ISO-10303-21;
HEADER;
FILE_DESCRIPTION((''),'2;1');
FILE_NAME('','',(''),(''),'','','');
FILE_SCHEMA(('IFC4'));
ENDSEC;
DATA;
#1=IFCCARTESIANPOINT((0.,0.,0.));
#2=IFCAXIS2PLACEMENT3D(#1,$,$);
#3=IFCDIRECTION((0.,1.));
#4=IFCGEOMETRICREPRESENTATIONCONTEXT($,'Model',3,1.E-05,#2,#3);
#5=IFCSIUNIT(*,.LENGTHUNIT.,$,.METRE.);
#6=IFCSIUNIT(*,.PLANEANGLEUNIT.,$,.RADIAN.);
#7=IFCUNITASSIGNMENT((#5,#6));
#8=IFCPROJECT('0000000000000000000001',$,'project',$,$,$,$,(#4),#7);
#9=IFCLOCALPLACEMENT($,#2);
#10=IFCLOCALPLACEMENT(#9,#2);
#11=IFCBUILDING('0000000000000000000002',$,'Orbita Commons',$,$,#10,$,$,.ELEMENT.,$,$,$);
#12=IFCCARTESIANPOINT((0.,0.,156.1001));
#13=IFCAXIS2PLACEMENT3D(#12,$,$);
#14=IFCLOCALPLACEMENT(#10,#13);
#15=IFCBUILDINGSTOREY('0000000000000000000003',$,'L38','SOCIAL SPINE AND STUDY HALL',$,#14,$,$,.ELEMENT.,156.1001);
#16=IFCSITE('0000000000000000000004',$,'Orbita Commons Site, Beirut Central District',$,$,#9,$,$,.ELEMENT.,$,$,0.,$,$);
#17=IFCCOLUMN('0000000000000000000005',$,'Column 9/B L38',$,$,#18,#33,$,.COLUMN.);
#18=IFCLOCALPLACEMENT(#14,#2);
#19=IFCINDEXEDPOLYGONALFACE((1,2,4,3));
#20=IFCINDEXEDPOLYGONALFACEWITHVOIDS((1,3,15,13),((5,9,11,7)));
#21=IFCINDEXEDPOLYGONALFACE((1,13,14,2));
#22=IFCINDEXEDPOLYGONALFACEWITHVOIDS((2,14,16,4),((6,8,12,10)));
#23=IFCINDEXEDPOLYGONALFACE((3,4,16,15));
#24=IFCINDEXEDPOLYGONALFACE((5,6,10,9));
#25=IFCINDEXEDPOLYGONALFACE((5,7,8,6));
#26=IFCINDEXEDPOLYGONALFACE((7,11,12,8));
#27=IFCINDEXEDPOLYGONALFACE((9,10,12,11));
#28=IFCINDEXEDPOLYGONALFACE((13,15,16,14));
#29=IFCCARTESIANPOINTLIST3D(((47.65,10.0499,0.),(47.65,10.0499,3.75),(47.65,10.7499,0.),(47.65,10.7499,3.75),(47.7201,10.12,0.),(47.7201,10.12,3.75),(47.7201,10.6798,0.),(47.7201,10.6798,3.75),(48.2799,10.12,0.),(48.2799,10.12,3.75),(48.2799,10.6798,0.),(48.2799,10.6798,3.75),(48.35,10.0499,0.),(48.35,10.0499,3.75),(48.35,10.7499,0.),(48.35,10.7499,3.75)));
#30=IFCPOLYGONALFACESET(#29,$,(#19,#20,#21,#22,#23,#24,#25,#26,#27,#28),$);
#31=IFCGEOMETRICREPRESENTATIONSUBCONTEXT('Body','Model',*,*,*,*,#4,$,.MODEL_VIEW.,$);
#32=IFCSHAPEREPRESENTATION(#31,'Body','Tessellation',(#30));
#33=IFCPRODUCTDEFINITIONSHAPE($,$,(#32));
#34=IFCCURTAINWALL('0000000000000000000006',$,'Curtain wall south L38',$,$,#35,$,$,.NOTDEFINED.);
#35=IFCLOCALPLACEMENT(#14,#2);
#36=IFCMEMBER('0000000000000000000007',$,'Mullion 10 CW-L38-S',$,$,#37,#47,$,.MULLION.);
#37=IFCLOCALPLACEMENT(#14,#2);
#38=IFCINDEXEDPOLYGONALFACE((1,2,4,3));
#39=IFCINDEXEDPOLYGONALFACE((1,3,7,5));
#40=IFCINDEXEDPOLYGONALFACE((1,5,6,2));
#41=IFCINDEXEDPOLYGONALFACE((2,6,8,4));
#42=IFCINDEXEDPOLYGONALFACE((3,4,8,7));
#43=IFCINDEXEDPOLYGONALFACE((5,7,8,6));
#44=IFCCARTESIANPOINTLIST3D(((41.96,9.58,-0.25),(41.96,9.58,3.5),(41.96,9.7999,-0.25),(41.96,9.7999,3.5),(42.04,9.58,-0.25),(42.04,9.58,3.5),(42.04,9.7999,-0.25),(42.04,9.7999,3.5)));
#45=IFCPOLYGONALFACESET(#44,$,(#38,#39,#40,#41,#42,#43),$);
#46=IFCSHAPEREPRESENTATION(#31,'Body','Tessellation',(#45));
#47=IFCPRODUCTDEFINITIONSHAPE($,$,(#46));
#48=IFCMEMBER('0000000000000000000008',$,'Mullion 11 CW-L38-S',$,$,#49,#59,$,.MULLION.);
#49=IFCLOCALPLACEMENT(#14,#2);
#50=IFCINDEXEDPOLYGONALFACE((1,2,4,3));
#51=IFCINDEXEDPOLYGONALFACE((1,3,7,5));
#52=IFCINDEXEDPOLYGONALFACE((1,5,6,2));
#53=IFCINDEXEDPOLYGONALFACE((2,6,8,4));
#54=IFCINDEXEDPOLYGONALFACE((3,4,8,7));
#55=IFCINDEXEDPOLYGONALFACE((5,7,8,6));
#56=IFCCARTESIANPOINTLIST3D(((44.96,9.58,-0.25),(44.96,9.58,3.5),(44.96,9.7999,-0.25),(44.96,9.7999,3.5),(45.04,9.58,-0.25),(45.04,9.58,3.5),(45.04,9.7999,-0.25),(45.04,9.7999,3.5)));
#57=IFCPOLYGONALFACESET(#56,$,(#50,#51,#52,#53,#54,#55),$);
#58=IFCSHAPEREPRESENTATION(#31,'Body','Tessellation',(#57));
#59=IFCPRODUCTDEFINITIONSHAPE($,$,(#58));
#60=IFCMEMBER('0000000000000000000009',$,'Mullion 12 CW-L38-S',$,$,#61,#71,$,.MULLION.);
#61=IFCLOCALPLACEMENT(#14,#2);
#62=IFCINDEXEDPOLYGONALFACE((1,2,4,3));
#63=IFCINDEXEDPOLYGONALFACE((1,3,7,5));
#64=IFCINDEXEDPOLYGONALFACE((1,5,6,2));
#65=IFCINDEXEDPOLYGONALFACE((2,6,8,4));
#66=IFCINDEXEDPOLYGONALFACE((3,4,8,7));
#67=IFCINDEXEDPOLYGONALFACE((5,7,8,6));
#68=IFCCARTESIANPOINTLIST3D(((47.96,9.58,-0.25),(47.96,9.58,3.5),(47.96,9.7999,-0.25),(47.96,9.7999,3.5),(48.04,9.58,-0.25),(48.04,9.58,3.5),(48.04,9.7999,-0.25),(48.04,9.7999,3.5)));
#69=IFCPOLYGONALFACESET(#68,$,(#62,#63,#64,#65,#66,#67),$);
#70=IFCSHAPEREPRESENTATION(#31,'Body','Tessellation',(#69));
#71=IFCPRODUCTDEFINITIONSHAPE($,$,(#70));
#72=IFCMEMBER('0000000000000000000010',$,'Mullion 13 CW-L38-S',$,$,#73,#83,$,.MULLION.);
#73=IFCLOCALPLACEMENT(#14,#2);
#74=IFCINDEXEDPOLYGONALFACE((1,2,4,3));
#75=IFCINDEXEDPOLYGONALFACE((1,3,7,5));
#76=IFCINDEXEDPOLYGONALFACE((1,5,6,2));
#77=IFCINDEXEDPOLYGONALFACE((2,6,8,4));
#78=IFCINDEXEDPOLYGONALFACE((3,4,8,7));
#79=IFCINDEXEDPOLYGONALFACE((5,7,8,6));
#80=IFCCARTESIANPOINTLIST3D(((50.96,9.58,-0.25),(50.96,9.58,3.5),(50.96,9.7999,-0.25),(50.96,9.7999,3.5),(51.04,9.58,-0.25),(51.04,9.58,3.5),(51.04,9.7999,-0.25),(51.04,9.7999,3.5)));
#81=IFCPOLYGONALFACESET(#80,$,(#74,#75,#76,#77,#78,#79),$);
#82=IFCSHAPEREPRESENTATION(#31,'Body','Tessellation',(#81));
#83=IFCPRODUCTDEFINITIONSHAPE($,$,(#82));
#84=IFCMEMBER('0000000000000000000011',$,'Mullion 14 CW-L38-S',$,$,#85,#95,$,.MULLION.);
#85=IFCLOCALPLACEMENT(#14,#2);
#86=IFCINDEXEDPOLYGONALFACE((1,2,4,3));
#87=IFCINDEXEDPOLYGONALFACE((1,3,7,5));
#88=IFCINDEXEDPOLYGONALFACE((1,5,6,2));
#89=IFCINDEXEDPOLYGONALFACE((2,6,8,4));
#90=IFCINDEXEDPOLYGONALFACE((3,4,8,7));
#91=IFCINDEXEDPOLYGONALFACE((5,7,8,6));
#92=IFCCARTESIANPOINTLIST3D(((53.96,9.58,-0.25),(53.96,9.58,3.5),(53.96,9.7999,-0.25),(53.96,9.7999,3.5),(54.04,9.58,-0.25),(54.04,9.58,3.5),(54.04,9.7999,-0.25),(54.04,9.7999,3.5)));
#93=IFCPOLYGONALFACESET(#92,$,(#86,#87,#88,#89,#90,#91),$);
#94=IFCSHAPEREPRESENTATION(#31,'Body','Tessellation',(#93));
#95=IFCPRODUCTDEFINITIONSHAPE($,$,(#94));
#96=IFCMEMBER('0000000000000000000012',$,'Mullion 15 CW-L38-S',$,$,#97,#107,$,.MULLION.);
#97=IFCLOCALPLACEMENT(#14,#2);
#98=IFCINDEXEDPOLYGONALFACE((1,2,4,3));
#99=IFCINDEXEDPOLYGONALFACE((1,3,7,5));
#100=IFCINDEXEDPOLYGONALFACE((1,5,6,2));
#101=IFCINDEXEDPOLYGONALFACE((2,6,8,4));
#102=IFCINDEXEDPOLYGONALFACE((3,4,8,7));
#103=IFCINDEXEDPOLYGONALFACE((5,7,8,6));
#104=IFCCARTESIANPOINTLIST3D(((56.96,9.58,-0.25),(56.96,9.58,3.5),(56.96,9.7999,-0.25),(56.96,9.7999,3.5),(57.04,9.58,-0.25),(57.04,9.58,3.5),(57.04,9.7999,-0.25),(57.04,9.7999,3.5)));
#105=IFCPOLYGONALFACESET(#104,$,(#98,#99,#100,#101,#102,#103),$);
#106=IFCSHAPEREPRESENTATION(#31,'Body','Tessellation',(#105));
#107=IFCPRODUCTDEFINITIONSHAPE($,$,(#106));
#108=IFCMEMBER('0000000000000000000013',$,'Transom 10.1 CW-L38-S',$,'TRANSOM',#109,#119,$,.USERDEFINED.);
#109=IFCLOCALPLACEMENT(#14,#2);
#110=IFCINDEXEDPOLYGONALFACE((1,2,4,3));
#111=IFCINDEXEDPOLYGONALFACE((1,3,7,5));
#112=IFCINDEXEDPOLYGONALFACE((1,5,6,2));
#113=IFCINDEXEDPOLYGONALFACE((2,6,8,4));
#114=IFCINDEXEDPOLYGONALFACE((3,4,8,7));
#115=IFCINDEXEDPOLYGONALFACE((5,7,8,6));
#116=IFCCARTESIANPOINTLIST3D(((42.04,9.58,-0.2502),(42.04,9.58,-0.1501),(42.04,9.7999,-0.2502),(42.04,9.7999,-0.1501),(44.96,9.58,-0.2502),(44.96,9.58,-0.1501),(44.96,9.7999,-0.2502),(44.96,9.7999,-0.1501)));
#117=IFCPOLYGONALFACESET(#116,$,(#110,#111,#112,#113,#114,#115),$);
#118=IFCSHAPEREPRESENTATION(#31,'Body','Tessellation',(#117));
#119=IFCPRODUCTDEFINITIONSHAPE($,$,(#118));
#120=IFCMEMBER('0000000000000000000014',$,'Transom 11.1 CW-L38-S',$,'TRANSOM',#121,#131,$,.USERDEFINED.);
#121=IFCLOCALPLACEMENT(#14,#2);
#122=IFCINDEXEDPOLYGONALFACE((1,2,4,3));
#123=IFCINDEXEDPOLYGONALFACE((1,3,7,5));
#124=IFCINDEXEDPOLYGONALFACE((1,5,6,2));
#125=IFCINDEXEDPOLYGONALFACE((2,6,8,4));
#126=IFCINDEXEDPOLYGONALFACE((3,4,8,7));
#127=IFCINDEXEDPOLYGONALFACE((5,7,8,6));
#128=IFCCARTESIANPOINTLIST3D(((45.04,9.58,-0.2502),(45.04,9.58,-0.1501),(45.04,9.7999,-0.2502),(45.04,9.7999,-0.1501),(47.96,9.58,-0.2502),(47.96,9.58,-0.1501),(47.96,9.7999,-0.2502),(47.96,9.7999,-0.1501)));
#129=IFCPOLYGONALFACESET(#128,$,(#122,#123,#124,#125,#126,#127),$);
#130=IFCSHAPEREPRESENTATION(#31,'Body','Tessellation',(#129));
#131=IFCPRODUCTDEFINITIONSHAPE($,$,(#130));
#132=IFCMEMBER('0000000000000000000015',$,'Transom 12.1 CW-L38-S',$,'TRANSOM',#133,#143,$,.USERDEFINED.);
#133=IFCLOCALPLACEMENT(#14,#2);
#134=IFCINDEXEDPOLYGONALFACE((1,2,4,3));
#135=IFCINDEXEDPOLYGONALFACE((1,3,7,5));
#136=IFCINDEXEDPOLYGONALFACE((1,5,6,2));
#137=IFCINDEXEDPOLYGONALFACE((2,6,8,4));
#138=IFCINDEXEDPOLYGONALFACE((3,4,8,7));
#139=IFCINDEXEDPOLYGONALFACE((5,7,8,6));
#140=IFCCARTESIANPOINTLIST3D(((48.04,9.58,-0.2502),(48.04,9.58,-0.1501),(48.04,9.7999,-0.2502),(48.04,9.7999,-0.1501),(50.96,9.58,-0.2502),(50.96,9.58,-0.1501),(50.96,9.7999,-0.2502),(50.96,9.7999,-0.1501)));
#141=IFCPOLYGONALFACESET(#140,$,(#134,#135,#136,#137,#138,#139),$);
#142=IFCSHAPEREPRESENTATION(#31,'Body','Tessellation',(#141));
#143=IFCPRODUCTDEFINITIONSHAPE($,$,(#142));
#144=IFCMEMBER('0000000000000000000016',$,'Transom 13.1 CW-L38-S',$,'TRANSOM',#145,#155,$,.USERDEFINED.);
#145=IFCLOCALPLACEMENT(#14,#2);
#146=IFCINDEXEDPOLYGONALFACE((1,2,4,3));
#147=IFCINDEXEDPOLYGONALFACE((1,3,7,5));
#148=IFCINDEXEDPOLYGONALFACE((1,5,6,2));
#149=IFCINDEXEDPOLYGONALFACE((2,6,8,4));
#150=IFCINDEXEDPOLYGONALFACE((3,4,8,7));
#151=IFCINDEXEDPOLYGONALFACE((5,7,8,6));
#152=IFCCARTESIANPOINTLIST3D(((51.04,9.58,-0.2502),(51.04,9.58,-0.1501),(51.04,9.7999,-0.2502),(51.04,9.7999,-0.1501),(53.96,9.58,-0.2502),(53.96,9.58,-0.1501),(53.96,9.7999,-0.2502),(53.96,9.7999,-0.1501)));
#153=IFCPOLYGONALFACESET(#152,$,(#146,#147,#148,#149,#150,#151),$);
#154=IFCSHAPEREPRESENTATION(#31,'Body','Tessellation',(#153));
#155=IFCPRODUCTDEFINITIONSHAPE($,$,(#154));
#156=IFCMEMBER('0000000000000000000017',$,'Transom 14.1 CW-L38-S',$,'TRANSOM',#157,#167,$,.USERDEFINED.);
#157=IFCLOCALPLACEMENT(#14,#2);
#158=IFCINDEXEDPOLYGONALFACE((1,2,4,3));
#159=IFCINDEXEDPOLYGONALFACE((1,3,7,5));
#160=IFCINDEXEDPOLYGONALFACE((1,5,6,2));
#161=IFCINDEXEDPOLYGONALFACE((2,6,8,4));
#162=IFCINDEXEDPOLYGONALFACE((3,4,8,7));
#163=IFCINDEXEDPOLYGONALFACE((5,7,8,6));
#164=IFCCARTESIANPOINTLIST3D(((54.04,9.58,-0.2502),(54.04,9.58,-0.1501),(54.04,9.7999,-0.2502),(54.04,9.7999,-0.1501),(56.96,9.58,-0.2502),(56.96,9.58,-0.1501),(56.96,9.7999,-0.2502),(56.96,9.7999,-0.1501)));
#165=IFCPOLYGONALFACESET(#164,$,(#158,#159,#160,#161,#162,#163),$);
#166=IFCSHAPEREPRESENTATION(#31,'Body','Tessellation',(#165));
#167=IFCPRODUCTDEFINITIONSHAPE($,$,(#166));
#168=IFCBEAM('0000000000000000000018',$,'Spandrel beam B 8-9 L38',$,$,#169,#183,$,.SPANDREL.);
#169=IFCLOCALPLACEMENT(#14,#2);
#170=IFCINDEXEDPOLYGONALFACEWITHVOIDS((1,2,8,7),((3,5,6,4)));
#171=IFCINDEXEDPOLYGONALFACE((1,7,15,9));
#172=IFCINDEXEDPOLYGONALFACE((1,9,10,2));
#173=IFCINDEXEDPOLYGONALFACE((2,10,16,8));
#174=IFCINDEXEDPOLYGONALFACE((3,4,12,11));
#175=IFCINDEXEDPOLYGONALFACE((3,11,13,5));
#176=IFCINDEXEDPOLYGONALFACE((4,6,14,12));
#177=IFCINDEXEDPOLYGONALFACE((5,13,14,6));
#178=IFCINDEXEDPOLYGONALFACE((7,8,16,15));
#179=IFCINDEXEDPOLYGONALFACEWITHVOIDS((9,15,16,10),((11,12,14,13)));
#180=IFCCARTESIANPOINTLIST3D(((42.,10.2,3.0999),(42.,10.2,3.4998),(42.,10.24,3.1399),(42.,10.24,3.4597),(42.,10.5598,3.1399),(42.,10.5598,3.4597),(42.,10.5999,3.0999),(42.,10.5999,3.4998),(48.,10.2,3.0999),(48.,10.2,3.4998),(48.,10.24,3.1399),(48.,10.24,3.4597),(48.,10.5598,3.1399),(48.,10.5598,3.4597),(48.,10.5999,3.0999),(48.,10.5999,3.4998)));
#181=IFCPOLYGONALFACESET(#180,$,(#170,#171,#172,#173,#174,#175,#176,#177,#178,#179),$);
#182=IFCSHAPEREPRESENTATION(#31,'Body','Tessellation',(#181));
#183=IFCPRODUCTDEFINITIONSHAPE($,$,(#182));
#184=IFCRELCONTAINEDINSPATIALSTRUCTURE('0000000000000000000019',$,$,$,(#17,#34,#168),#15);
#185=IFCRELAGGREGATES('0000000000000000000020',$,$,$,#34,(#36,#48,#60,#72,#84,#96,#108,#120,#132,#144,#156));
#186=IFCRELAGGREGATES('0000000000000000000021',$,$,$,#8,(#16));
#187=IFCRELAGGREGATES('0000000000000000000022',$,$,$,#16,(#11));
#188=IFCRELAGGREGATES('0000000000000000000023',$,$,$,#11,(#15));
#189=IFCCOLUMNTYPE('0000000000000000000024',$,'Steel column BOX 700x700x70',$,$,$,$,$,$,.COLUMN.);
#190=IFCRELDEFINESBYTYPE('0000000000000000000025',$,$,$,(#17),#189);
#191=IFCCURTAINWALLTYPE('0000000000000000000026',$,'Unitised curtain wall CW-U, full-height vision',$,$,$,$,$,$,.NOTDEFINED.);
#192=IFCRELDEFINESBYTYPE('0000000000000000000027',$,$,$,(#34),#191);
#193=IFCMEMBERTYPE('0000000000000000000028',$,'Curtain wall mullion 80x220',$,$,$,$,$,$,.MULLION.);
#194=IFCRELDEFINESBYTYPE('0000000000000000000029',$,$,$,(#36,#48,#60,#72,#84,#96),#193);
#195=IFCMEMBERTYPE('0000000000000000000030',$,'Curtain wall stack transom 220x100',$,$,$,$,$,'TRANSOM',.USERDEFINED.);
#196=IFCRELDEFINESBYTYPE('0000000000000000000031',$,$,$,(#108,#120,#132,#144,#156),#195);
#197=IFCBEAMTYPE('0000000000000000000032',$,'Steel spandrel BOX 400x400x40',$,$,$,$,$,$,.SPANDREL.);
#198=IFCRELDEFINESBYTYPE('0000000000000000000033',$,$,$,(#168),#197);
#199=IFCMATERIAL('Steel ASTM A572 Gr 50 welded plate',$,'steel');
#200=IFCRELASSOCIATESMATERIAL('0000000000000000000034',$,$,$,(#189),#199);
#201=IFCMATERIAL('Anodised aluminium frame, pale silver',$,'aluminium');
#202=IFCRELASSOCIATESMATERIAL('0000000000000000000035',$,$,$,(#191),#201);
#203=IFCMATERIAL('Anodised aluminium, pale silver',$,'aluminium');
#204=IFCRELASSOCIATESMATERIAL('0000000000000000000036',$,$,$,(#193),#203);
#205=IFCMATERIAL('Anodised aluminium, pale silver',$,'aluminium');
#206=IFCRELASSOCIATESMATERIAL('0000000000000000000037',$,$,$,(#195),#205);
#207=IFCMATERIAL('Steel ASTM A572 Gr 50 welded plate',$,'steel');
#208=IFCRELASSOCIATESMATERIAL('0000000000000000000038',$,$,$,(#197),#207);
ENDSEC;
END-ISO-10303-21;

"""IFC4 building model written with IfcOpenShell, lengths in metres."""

from ifc_helpers import new_model, si_unit, direction, frame, origin, origin_2d, place, context, subcontext, project, spatial, rectangle, hollow_rectangle, extrude, material, material_profile, profile_set, type_object, element, aggregate, save


model = new_model("IFC4")

# Units and contexts
model_context = context("Model", 3, precision=1e-05, world=origin(), true_north=direction((0.0, 1.0)))
body_context = subcontext(model_context, "Body", "Model", "MODEL_VIEW")
ifc_project = project(units=[si_unit("LENGTHUNIT", "METRE"), si_unit("PLANEANGLEUNIT", "RADIAN")], contexts=[model_context])

# Site, building, storey
site_placement = place(None, origin())
site = spatial("IfcSite", under=ifc_project, at=site_placement, Name="Orbita Commons Site, Beirut Central District", CompositionType="ELEMENT", RefElevation=0.0)
building_placement = place(site_placement, origin())
building = spatial("IfcBuilding", under=site, at=building_placement, Name="Orbita Commons", CompositionType="ELEMENT")
storey_placement = place(building_placement, frame((0.0, 0.0, 156.1001)))
storey = spatial("IfcBuildingStorey", under=building, at=storey_placement, Name="L38", Description="SOCIAL SPINE AND STUDY HALL", CompositionType="ELEMENT", Elevation=156.1001)

# Column
ifc_material_1 = material(Name="Steel ASTM A572 Gr 50 welded plate", Category="steel")
ifc_material_profile_1 = material_profile(ifc_material_1, hollow_rectangle(XDim=0.7, YDim=0.7, WallThickness=0.0701, at=origin_2d()), Name="BOX 700x700x70")
ifc_profile_set_1 = profile_set([ifc_material_profile_1], Name="Steel ASTM A572 Gr 50 welded plate")
column_type = type_object("IfcColumnType", Name="Steel column BOX 700x700x70", PredefinedType="COLUMN", material=ifc_profile_set_1)
column_placement = place(storey_placement, frame((48.0, 10.3999, 0.0), z_axis=(0.0, 0.0, 1.0), x_axis=(1.0, 0.0, 0.0)))
element("IfcColumn", 1, at=column_placement, inside=storey, type_object=column_type, Name="Column 9/B L38", PredefinedType="COLUMN", context=body_context, shape_type="SweptSolid", body=[
    extrude(hollow_rectangle(XDim=0.7, YDim=0.7, WallThickness=0.0701, at=origin_2d()), origin(), (0.0, 0.0, 1.0), 3.75),
])

# Curtain wall, members
ifc_material_2 = material(Name="Anodised aluminium frame, pale silver", Category="aluminium")
curtain_wall_type = type_object("IfcCurtainWallType", Name="Unitised curtain wall CW-U, full-height vision", PredefinedType="NOTDEFINED", material=ifc_material_2)
curtain_wall_placement = place(storey_placement, origin())
curtain_wall = element("IfcCurtainWall", 2, at=curtain_wall_placement, inside=storey, type_object=curtain_wall_type, Name="Curtain wall south L38", PredefinedType="NOTDEFINED")
ifc_material_3 = material(Name="Anodised aluminium, pale silver", Category="aluminium")
ifc_material_profile_2 = material_profile(ifc_material_3, rectangle(XDim=0.0801, YDim=0.22, at=origin_2d()), Name="AL 80x220")
ifc_profile_set_2 = profile_set([ifc_material_profile_2], Name="Anodised aluminium, pale silver")
member_type_1 = type_object("IfcMemberType", Name="Curtain wall mullion 80x220", PredefinedType="MULLION", material=ifc_profile_set_2)
member_1_placement = place(storey_placement, frame((42.0, 9.6899, -0.25), z_axis=(0.0, 0.0, 1.0), x_axis=(1.0, 0.0, 0.0)))
member_1 = element("IfcMember", 3, at=member_1_placement, type_object=member_type_1, Name="Mullion 10 CW-L38-S", PredefinedType="MULLION", context=body_context, shape_type="SweptSolid", body=[
    extrude(rectangle(XDim=0.0801, YDim=0.22, at=origin_2d()), origin(), (0.0, 0.0, 1.0), 3.75),
])
member_2_placement = place(storey_placement, frame((45.0, 9.6899, -0.25), z_axis=(0.0, 0.0, 1.0), x_axis=(1.0, 0.0, 0.0)))
member_2 = element("IfcMember", 4, at=member_2_placement, type_object=member_type_1, Name="Mullion 11 CW-L38-S", PredefinedType="MULLION", context=body_context, shape_type="SweptSolid", body=[
    extrude(rectangle(XDim=0.0801, YDim=0.22, at=origin_2d()), origin(), (0.0, 0.0, 1.0), 3.75),
])
member_3_placement = place(storey_placement, frame((48.0, 9.6899, -0.25), z_axis=(0.0, 0.0, 1.0), x_axis=(1.0, 0.0, 0.0)))
member_3 = element("IfcMember", 5, at=member_3_placement, type_object=member_type_1, Name="Mullion 12 CW-L38-S", PredefinedType="MULLION", context=body_context, shape_type="SweptSolid", body=[
    extrude(rectangle(XDim=0.0801, YDim=0.22, at=origin_2d()), origin(), (0.0, 0.0, 1.0), 3.75),
])
member_4_placement = place(storey_placement, frame((51.0, 9.6899, -0.25), z_axis=(0.0, 0.0, 1.0), x_axis=(1.0, 0.0, 0.0)))
member_4 = element("IfcMember", 6, at=member_4_placement, type_object=member_type_1, Name="Mullion 13 CW-L38-S", PredefinedType="MULLION", context=body_context, shape_type="SweptSolid", body=[
    extrude(rectangle(XDim=0.0801, YDim=0.22, at=origin_2d()), origin(), (0.0, 0.0, 1.0), 3.75),
])
member_5_placement = place(storey_placement, frame((54.0, 9.6899, -0.25), z_axis=(0.0, 0.0, 1.0), x_axis=(1.0, 0.0, 0.0)))
member_5 = element("IfcMember", 7, at=member_5_placement, type_object=member_type_1, Name="Mullion 14 CW-L38-S", PredefinedType="MULLION", context=body_context, shape_type="SweptSolid", body=[
    extrude(rectangle(XDim=0.0801, YDim=0.22, at=origin_2d()), origin(), (0.0, 0.0, 1.0), 3.75),
])
member_6_placement = place(storey_placement, frame((57.0, 9.6899, -0.25), z_axis=(0.0, 0.0, 1.0), x_axis=(1.0, 0.0, 0.0)))
member_6 = element("IfcMember", 8, at=member_6_placement, type_object=member_type_1, Name="Mullion 15 CW-L38-S", PredefinedType="MULLION", context=body_context, shape_type="SweptSolid", body=[
    extrude(rectangle(XDim=0.0801, YDim=0.22, at=origin_2d()), origin(), (0.0, 0.0, 1.0), 3.75),
])
ifc_material_4 = material(Name="Anodised aluminium, pale silver", Category="aluminium")
ifc_material_profile_3 = material_profile(ifc_material_4, rectangle(XDim=0.22, YDim=0.1001, at=origin_2d()), Name="AL 220x100")
ifc_profile_set_3 = profile_set([ifc_material_profile_3], Name="Anodised aluminium, pale silver")
member_type_2 = type_object("IfcMemberType", Name="Curtain wall stack transom 220x100", ElementType="TRANSOM", PredefinedType="USERDEFINED", material=ifc_profile_set_3)
member_7_placement = place(storey_placement, frame((42.04, 9.6899, -0.2002), z_axis=(1.0, 0.0, 0.0), x_axis=(0.0, 1.0, 0.0)))
member_7 = element("IfcMember", 9, at=member_7_placement, type_object=member_type_2, Name="Transom 10.1 CW-L38-S", ObjectType="TRANSOM", PredefinedType="USERDEFINED", context=body_context, shape_type="SweptSolid", body=[
    extrude(rectangle(XDim=0.22, YDim=0.1001, at=origin_2d()), origin(), (0.0, 0.0, 1.0), 2.9199),
])
member_8_placement = place(storey_placement, frame((45.04, 9.6899, -0.2002), z_axis=(1.0, 0.0, 0.0), x_axis=(0.0, 1.0, 0.0)))
member_8 = element("IfcMember", 10, at=member_8_placement, type_object=member_type_2, Name="Transom 11.1 CW-L38-S", ObjectType="TRANSOM", PredefinedType="USERDEFINED", context=body_context, shape_type="SweptSolid", body=[
    extrude(rectangle(XDim=0.22, YDim=0.1001, at=origin_2d()), origin(), (0.0, 0.0, 1.0), 2.9199),
])
member_9_placement = place(storey_placement, frame((48.04, 9.6899, -0.2002), z_axis=(1.0, 0.0, 0.0), x_axis=(0.0, 1.0, 0.0)))
member_9 = element("IfcMember", 11, at=member_9_placement, type_object=member_type_2, Name="Transom 12.1 CW-L38-S", ObjectType="TRANSOM", PredefinedType="USERDEFINED", context=body_context, shape_type="SweptSolid", body=[
    extrude(rectangle(XDim=0.22, YDim=0.1001, at=origin_2d()), origin(), (0.0, 0.0, 1.0), 2.9199),
])
member_10_placement = place(storey_placement, frame((51.04, 9.6899, -0.2002), z_axis=(1.0, 0.0, 0.0), x_axis=(0.0, 1.0, 0.0)))
member_10 = element("IfcMember", 12, at=member_10_placement, type_object=member_type_2, Name="Transom 13.1 CW-L38-S", ObjectType="TRANSOM", PredefinedType="USERDEFINED", context=body_context, shape_type="SweptSolid", body=[
    extrude(rectangle(XDim=0.22, YDim=0.1001, at=origin_2d()), origin(), (0.0, 0.0, 1.0), 2.9199),
])
member_11_placement = place(storey_placement, frame((54.04, 9.6899, -0.2002), z_axis=(1.0, 0.0, 0.0), x_axis=(0.0, 1.0, 0.0)))
member_11 = element("IfcMember", 13, at=member_11_placement, type_object=member_type_2, Name="Transom 14.1 CW-L38-S", ObjectType="TRANSOM", PredefinedType="USERDEFINED", context=body_context, shape_type="SweptSolid", body=[
    extrude(rectangle(XDim=0.22, YDim=0.1001, at=origin_2d()), origin(), (0.0, 0.0, 1.0), 2.9199),
])

# Beam
ifc_material_5 = material(Name="Steel ASTM A572 Gr 50 welded plate", Category="steel")
ifc_material_profile_4 = material_profile(ifc_material_5, hollow_rectangle(XDim=0.3999, YDim=0.3999, WallThickness=0.04, at=origin_2d()), Name="BOX 400x400x40")
ifc_profile_set_4 = profile_set([ifc_material_profile_4], Name="Steel ASTM A572 Gr 50 welded plate")
beam_type = type_object("IfcBeamType", Name="Steel spandrel BOX 400x400x40", PredefinedType="SPANDREL", material=ifc_profile_set_4)
beam_placement = place(storey_placement, frame((42.0, 10.3999, 3.2998), z_axis=(1.0, 0.0, 0.0), x_axis=(0.0, 1.0, 0.0)))
element("IfcBeam", 14, at=beam_placement, inside=storey, type_object=beam_type, Name="Spandrel beam B 8-9 L38", PredefinedType="SPANDREL", context=body_context, shape_type="SweptSolid", body=[
    extrude(hollow_rectangle(XDim=0.3999, YDim=0.3999, WallThickness=0.04, at=origin_2d()), origin(), (0.0, 0.0, 1.0), 6.0),
])

aggregate(curtain_wall, [member_1, member_2, member_3, member_4, member_5, member_6, member_7, member_8, member_9, member_10, member_11])

save(model, "model.ifc")
